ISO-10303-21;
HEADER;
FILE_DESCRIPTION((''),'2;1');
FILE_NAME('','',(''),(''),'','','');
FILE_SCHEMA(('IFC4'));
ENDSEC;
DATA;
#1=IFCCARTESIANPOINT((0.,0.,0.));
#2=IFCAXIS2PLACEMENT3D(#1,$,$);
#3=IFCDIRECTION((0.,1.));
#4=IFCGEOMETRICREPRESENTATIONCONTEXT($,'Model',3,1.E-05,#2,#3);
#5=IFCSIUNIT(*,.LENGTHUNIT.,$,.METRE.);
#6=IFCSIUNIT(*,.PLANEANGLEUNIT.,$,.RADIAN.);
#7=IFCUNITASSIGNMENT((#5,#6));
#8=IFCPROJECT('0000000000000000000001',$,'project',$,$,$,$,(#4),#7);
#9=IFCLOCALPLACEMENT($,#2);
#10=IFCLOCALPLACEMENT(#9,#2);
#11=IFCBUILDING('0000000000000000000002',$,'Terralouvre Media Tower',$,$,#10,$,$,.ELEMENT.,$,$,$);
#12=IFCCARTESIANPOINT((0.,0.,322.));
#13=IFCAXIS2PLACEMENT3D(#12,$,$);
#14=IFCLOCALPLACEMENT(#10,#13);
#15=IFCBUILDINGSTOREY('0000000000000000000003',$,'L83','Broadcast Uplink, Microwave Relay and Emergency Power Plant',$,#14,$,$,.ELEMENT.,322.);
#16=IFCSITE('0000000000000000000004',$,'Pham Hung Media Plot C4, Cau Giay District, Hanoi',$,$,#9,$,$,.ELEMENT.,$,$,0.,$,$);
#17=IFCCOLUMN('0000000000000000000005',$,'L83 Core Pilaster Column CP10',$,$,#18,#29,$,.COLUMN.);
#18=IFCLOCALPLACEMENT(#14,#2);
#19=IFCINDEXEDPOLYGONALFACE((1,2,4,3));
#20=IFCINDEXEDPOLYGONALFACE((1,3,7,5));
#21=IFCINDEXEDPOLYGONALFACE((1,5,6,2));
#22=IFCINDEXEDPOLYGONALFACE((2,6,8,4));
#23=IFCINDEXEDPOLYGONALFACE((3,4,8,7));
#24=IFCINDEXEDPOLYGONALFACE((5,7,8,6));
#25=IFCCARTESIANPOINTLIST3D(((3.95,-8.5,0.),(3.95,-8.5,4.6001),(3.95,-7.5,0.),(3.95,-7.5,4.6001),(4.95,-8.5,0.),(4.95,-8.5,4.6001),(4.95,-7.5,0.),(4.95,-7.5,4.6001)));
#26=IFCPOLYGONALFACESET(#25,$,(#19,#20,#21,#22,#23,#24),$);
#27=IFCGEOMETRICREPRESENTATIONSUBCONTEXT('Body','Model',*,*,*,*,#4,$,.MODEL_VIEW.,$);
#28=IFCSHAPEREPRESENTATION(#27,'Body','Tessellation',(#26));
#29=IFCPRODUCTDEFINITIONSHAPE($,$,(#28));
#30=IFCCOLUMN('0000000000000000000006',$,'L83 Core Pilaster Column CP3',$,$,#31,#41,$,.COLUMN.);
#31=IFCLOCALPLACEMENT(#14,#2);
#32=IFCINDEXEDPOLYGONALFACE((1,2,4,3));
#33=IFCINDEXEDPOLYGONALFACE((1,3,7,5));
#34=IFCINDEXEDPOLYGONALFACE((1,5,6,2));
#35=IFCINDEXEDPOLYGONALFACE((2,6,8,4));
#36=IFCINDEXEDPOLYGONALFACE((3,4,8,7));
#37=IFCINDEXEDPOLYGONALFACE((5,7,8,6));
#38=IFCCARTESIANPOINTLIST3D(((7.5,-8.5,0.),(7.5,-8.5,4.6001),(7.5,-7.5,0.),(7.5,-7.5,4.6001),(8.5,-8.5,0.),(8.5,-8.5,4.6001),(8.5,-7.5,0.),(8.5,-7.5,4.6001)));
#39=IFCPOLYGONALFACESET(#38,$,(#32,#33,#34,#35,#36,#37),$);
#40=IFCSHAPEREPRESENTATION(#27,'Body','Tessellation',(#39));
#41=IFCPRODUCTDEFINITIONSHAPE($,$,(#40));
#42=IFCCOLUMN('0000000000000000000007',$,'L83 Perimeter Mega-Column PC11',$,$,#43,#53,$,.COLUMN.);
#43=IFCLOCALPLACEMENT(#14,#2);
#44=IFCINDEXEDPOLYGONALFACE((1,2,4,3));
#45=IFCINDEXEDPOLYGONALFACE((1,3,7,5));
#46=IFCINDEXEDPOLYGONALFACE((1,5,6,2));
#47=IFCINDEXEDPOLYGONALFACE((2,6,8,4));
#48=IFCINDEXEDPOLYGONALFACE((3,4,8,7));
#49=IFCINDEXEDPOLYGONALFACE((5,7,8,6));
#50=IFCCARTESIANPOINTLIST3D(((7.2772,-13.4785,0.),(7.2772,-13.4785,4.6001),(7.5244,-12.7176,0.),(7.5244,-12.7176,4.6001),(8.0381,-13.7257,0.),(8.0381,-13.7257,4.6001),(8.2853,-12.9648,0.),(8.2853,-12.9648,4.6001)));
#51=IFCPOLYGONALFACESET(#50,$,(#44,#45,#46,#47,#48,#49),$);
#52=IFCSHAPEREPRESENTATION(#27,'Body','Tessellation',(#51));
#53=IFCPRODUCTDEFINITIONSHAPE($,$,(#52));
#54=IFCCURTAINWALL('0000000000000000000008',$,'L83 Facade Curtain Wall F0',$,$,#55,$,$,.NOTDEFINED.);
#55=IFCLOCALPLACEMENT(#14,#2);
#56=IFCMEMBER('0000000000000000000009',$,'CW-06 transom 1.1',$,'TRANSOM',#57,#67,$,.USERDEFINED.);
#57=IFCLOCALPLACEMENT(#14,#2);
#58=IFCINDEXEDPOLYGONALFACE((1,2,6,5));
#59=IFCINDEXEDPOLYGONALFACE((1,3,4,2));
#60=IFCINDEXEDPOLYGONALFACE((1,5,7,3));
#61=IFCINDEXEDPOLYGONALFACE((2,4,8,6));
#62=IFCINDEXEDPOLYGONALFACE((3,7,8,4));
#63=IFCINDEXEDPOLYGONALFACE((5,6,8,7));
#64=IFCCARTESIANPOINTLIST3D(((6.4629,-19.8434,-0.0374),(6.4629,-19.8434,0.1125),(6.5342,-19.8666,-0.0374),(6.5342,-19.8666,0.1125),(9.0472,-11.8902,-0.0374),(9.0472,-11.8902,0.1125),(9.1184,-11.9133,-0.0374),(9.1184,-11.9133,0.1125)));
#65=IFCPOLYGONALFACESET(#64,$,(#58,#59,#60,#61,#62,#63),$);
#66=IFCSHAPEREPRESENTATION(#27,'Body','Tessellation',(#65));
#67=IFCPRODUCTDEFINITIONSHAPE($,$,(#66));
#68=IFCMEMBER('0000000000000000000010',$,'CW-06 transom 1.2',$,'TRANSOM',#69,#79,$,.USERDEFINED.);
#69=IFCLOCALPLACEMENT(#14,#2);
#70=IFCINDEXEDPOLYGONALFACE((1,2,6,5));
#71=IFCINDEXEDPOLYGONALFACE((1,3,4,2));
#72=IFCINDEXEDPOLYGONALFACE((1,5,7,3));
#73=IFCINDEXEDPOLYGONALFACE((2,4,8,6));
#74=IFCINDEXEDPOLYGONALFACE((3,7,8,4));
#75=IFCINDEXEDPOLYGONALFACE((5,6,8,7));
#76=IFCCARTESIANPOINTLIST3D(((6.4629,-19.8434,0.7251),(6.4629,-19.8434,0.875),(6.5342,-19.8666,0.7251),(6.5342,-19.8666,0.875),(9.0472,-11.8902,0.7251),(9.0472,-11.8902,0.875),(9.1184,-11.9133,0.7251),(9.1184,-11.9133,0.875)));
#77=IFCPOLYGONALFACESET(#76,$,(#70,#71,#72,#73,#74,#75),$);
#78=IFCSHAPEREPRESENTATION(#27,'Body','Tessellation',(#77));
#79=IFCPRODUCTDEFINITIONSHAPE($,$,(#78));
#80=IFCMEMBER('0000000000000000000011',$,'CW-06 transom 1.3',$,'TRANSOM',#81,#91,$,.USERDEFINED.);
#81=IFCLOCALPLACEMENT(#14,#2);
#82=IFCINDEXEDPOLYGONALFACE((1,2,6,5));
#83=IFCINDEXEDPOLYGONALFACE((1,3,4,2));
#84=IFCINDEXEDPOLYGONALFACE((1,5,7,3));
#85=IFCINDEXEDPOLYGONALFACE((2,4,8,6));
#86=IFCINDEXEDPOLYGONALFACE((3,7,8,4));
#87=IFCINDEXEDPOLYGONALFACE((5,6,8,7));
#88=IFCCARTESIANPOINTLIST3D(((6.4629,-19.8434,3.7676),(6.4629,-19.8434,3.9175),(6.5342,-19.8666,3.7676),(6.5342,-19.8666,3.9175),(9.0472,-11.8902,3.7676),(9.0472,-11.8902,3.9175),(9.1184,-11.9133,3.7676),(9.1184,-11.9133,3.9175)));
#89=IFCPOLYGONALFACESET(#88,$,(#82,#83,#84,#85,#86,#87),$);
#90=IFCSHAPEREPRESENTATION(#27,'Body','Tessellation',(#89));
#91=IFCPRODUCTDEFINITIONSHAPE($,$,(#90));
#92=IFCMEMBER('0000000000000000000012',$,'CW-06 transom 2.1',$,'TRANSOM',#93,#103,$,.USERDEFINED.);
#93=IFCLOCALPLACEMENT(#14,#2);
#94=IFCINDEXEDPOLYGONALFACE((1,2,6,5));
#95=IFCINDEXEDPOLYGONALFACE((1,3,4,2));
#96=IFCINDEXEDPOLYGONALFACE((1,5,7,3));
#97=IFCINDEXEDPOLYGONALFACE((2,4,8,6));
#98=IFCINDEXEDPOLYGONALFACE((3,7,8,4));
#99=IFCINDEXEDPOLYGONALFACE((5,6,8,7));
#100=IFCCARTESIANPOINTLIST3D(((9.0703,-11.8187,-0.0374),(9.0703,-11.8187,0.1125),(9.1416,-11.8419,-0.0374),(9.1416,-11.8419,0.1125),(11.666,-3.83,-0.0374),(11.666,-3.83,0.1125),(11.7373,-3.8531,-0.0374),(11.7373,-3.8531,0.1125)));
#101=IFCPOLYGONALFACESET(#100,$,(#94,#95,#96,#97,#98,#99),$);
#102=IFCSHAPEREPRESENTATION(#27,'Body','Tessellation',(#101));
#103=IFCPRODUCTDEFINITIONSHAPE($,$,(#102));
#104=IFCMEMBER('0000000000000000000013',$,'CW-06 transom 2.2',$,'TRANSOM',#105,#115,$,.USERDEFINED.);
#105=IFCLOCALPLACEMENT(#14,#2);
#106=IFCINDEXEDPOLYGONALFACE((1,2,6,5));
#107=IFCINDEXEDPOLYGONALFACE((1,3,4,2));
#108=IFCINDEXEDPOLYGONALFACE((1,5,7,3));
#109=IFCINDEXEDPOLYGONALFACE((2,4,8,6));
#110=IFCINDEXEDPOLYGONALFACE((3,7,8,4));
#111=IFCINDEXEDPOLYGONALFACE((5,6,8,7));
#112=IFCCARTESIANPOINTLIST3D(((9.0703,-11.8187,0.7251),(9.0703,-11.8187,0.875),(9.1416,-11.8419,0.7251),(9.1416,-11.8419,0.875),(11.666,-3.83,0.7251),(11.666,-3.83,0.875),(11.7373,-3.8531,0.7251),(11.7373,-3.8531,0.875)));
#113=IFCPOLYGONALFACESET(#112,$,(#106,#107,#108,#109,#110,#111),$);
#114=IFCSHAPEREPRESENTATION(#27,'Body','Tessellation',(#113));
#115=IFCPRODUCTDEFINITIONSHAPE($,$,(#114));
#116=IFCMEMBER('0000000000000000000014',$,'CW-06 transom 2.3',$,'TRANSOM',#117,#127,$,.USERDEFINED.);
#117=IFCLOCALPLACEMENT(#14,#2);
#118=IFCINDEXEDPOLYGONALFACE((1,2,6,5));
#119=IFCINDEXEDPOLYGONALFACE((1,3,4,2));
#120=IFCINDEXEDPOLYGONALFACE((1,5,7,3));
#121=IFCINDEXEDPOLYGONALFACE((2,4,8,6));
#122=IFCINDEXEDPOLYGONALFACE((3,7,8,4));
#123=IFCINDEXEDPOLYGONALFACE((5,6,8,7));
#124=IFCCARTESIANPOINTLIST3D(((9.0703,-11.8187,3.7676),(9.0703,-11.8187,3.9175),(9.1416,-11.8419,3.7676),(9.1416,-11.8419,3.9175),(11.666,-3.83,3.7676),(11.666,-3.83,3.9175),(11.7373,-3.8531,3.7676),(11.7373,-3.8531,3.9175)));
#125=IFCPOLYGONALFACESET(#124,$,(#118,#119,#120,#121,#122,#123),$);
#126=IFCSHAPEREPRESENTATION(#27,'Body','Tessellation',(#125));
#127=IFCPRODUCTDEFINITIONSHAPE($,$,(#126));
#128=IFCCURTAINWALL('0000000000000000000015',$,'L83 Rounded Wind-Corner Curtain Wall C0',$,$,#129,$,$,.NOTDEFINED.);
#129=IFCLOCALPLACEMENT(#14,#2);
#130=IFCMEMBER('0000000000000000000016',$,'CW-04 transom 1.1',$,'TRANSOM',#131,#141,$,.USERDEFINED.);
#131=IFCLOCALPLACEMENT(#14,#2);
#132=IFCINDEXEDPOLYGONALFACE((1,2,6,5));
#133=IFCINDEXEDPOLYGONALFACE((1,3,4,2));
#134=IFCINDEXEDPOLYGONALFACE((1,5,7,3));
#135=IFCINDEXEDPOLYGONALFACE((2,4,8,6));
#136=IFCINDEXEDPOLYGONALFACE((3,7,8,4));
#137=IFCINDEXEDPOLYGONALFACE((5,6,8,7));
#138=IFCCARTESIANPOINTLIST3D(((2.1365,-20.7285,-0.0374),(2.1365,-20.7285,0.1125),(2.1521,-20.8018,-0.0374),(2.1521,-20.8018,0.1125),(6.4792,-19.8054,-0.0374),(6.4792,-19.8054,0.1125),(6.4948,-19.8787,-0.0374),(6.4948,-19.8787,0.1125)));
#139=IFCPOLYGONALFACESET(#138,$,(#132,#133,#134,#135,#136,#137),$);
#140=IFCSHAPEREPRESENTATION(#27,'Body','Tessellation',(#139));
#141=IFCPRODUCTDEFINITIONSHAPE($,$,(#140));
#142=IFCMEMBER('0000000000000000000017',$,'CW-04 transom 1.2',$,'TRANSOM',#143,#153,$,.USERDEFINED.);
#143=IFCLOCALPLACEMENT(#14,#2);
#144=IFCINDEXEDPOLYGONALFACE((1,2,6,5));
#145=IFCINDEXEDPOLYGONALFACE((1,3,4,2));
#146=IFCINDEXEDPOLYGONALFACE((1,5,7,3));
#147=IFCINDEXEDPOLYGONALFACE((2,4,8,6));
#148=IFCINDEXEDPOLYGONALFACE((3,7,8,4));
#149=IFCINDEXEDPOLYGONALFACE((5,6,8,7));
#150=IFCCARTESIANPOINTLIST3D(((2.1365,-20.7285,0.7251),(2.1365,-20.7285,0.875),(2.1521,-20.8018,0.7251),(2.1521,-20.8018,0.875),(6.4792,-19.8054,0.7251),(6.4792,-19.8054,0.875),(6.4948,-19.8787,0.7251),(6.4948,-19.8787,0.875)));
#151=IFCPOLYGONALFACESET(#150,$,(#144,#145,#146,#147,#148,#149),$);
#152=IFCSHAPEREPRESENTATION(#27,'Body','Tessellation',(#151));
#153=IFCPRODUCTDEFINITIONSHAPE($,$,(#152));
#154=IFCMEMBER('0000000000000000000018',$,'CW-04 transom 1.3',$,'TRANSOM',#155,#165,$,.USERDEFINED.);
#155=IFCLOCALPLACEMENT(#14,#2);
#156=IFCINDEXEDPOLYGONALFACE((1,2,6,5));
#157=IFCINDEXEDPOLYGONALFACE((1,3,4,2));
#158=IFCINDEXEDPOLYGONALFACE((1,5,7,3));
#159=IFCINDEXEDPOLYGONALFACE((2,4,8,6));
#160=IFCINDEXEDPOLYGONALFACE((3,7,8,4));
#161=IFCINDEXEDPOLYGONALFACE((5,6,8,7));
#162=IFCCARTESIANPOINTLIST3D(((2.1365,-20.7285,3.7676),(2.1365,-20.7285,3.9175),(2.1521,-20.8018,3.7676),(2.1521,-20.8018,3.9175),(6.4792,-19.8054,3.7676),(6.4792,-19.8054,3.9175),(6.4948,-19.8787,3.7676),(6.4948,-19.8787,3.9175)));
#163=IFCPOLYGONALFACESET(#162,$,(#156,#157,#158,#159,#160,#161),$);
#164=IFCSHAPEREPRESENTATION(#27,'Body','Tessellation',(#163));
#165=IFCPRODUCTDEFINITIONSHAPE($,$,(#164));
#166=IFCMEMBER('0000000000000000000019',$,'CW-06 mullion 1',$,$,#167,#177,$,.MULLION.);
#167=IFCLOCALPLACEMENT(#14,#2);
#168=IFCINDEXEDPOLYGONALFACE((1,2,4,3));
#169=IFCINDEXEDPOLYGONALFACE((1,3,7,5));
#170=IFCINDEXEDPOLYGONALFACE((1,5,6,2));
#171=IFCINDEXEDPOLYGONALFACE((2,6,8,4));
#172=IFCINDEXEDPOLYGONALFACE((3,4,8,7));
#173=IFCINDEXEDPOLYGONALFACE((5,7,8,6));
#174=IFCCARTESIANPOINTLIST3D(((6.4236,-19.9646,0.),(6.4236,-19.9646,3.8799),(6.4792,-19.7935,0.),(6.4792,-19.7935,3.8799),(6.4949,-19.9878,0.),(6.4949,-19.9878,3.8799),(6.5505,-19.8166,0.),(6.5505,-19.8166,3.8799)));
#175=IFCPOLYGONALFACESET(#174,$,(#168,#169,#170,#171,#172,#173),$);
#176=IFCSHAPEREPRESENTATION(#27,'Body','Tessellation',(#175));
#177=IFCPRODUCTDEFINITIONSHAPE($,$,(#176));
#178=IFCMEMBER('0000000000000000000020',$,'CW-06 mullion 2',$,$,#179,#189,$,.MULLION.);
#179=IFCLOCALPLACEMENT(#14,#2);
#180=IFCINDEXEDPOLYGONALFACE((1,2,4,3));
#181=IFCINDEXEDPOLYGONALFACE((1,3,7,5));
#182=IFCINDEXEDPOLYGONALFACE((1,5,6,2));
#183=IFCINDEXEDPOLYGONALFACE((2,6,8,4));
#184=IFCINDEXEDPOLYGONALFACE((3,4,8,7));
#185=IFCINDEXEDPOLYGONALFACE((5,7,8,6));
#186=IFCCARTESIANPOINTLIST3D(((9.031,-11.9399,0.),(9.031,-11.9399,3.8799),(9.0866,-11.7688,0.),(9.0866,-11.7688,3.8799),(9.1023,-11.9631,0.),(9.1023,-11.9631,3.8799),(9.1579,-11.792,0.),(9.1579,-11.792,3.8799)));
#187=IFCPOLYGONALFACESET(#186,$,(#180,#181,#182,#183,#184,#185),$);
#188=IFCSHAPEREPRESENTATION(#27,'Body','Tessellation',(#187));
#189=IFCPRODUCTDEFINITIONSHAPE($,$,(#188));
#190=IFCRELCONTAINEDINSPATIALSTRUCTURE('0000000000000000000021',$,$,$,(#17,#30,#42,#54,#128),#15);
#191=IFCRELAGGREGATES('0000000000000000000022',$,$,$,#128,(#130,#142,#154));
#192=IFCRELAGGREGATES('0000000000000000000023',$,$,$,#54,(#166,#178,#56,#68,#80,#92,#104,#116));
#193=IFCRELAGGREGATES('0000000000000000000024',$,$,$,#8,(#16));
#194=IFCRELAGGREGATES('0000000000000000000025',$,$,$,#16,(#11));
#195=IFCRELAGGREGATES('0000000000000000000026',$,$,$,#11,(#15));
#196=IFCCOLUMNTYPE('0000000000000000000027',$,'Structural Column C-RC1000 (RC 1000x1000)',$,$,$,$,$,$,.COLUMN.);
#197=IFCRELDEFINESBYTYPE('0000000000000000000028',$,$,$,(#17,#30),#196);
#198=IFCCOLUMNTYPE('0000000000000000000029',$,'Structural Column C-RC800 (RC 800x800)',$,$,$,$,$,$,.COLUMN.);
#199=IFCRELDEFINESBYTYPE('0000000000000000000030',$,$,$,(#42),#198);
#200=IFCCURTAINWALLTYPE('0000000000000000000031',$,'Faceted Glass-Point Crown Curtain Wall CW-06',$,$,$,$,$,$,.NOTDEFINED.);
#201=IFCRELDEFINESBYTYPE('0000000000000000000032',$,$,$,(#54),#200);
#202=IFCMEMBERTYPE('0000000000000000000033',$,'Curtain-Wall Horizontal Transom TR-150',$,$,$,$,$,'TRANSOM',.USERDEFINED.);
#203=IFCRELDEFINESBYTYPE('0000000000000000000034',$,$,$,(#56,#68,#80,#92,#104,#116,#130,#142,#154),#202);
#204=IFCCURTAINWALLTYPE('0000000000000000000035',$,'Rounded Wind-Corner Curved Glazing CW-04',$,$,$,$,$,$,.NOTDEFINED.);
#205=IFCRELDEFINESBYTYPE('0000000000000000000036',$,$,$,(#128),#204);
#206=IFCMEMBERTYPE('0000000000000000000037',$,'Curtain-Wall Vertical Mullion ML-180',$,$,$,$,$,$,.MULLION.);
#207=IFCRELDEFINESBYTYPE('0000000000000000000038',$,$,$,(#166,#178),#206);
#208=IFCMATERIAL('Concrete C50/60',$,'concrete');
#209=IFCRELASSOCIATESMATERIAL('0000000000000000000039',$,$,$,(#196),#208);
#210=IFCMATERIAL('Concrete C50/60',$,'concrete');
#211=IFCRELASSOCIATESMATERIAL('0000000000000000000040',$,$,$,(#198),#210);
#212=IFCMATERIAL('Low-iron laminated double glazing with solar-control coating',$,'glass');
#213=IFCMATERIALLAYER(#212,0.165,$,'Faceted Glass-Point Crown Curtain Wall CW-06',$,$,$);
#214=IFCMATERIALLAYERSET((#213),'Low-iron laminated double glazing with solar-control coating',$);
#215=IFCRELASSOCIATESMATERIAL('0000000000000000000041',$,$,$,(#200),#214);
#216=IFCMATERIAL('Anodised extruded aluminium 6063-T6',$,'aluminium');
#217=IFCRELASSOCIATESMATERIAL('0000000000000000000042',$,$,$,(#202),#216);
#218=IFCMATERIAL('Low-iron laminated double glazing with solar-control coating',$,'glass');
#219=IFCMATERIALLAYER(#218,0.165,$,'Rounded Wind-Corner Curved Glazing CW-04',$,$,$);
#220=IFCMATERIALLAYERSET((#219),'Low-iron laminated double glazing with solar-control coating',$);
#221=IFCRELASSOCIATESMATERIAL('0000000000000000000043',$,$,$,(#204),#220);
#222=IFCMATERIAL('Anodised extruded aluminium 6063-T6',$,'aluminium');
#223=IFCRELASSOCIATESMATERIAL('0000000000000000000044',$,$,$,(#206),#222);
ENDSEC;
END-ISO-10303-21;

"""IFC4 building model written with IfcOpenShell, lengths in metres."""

from ifc_helpers import new_model, si_unit, direction, frame, origin, origin_2d, place, context, subcontext, project, spatial, rectangle, extrude, material, layer, layer_set, material_profile, profile_set, type_object, element, aggregate, save


model = new_model("IFC4")

# Units and contexts
model_context = context("Model", 3, precision=1e-05, world=origin(), true_north=direction((0.0, 1.0)))
body_context = subcontext(model_context, "Body", "Model", "MODEL_VIEW")
ifc_project = project(units=[si_unit("LENGTHUNIT", "METRE"), si_unit("PLANEANGLEUNIT", "RADIAN")], contexts=[model_context])

# Site, building, storey
site_placement = place(None, origin())
site = spatial("IfcSite", under=ifc_project, at=site_placement, Name="Pham Hung Media Plot C4, Cau Giay District, Hanoi", CompositionType="ELEMENT", RefElevation=0.0)
building_placement = place(site_placement, origin())
building = spatial("IfcBuilding", under=site, at=building_placement, Name="Terralouvre Media Tower", CompositionType="ELEMENT")
storey_placement = place(building_placement, frame((0.0, 0.0, 322.0)))
storey = spatial("IfcBuildingStorey", under=building, at=storey_placement, Name="L83", Description="Broadcast Uplink, Microwave Relay and Emergency Power Plant", CompositionType="ELEMENT", Elevation=322.0)

# Columns
ifc_material_1 = material(Name="Concrete C50/60", Category="concrete")
ifc_material_profile_1 = material_profile(ifc_material_1, rectangle(XDim=1.0, YDim=1.0, at=origin_2d()), Name="RC 1000x1000")
ifc_profile_set_1 = profile_set([ifc_material_profile_1], Name="Concrete C50/60")
column_type_1 = type_object("IfcColumnType", Name="Structural Column C-RC1000 (RC 1000x1000)", PredefinedType="COLUMN", material=ifc_profile_set_1)
for number, where, z_axis, x_axis, name in (
    (1, (4.45, -8.0, 0.0), (0.0, 0.0, 1.0), (1.0, 0.0, 0.0), "L83 Core Pilaster Column CP10"),
    (2, (8.0, -8.0, 0.0), (0.0, 0.0, 1.0), (1.0, 0.0, 0.0), "L83 Core Pilaster Column CP3"),
):
    element("IfcColumn", number, at=place(storey_placement, frame(where, z_axis=z_axis, x_axis=x_axis)), inside=storey, type_object=column_type_1, Name=name, PredefinedType="COLUMN", context=body_context, shape_type="SweptSolid", body=[
        extrude(rectangle(XDim=1.0, YDim=1.0, at=origin_2d()), origin(), (0.0, 0.0, 1.0), 4.6001),
    ])
ifc_material_2 = material(Name="Concrete C50/60", Category="concrete")
ifc_material_profile_2 = material_profile(ifc_material_2, rectangle(XDim=0.8, YDim=0.8, at=origin_2d()), Name="RC 800x800")
ifc_profile_set_2 = profile_set([ifc_material_profile_2], Name="Concrete C50/60")
column_type_2 = type_object("IfcColumnType", Name="Structural Column C-RC800 (RC 800x800)", PredefinedType="COLUMN", material=ifc_profile_set_2)
column_placement = place(storey_placement, frame((7.7812, -13.2217, 0.0), z_axis=(0.0, 0.0, 1.0), x_axis=(0.309017, 0.951057, 0.0)))
element("IfcColumn", 3, at=column_placement, inside=storey, type_object=column_type_2, Name="L83 Perimeter Mega-Column PC11", PredefinedType="COLUMN", context=body_context, shape_type="SweptSolid", body=[
    extrude(rectangle(XDim=0.8, YDim=0.8, at=origin_2d()), origin(), (0.0, 0.0, 1.0), 4.6001),
])

# Curtain walls, members
ifc_material_3 = material(Name="Low-iron laminated double glazing with solar-control coating", Category="glass")
ifc_layer_1 = layer(ifc_material_3, 0.165, Name="Faceted Glass-Point Crown Curtain Wall CW-06")
ifc_layer_set_1 = layer_set([ifc_layer_1], Name="Low-iron laminated double glazing with solar-control coating")
curtain_wall_type_1 = type_object("IfcCurtainWallType", Name="Faceted Glass-Point Crown Curtain Wall CW-06", PredefinedType="NOTDEFINED", material=ifc_layer_set_1)
curtain_wall_1_placement = place(storey_placement, origin())
curtain_wall_1 = element("IfcCurtainWall", 4, at=curtain_wall_1_placement, inside=storey, type_object=curtain_wall_type_1, Name="L83 Facade Curtain Wall F0", PredefinedType="NOTDEFINED")
ifc_material_4 = material(Name="Anodised extruded aluminium 6063-T6", Category="aluminium")
ifc_material_profile_3 = material_profile(ifc_material_4, rectangle(XDim=0.075, YDim=0.1499, at=origin_2d()), Name="ALU 75x150")
ifc_profile_set_3 = profile_set([ifc_material_profile_3], Name="Anodised extruded aluminium 6063-T6")
member_type_1 = type_object("IfcMemberType", Name="Curtain-Wall Horizontal Transom TR-150", ElementType="TRANSOM", PredefinedType="USERDEFINED", material=ifc_profile_set_3)
member_1_placement = place(storey_placement, frame((6.4985, -19.855, 0.0376), z_axis=(0.309028, 0.951053, 0.0), x_axis=(-0.951053, 0.309028, 0.0)))
member_1 = element("IfcMember", 5, at=member_1_placement, type_object=member_type_1, Name="CW-06 transom 1.1", ObjectType="TRANSOM", PredefinedType="USERDEFINED", context=body_context, shape_type="SweptSolid", body=[
    extrude(rectangle(XDim=0.075, YDim=0.1499, at=origin_2d()), origin(), (0.0, 0.0, 1.0), 8.3625),
])
member_2_placement = place(storey_placement, frame((6.4985, -19.855, 0.8), z_axis=(0.309028, 0.951053, 0.0), x_axis=(-0.951053, 0.309028, 0.0)))
member_2 = element("IfcMember", 6, at=member_2_placement, type_object=member_type_1, Name="CW-06 transom 1.2", ObjectType="TRANSOM", PredefinedType="USERDEFINED", context=body_context, shape_type="SweptSolid", body=[
    extrude(rectangle(XDim=0.075, YDim=0.1499, at=origin_2d()), origin(), (0.0, 0.0, 1.0), 8.3625),
])
member_3_placement = place(storey_placement, frame((6.4985, -19.855, 3.8425), z_axis=(0.309028, 0.951053, 0.0), x_axis=(-0.951053, 0.309028, 0.0)))
member_3 = element("IfcMember", 7, at=member_3_placement, type_object=member_type_1, Name="CW-06 transom 1.3", ObjectType="TRANSOM", PredefinedType="USERDEFINED", context=body_context, shape_type="SweptSolid", body=[
    extrude(rectangle(XDim=0.075, YDim=0.1499, at=origin_2d()), origin(), (0.0, 0.0, 1.0), 8.3625),
])
member_4_placement = place(storey_placement, frame((9.106, -11.8303, 0.0376), z_axis=(0.309016, 0.951057, 0.0), x_axis=(-0.951057, 0.309016, 0.0)))
member_4 = element("IfcMember", 8, at=member_4_placement, type_object=member_type_1, Name="CW-06 transom 2.1", ObjectType="TRANSOM", PredefinedType="USERDEFINED", context=body_context, shape_type="SweptSolid", body=[
    extrude(rectangle(XDim=0.075, YDim=0.1499, at=origin_2d()), origin(), (0.0, 0.0, 1.0), 8.3999),
])
member_5_placement = place(storey_placement, frame((9.106, -11.8303, 0.8), z_axis=(0.309016, 0.951057, 0.0), x_axis=(-0.951057, 0.309016, 0.0)))
member_5 = element("IfcMember", 9, at=member_5_placement, type_object=member_type_1, Name="CW-06 transom 2.2", ObjectType="TRANSOM", PredefinedType="USERDEFINED", context=body_context, shape_type="SweptSolid", body=[
    extrude(rectangle(XDim=0.075, YDim=0.1499, at=origin_2d()), origin(), (0.0, 0.0, 1.0), 8.3999),
])
member_6_placement = place(storey_placement, frame((9.106, -11.8303, 3.8425), z_axis=(0.309016, 0.951057, 0.0), x_axis=(-0.951057, 0.309016, 0.0)))
member_6 = element("IfcMember", 10, at=member_6_placement, type_object=member_type_1, Name="CW-06 transom 2.3", ObjectType="TRANSOM", PredefinedType="USERDEFINED", context=body_context, shape_type="SweptSolid", body=[
    extrude(rectangle(XDim=0.075, YDim=0.1499, at=origin_2d()), origin(), (0.0, 0.0, 1.0), 8.3999),
])
ifc_material_5 = material(Name="Low-iron laminated double glazing with solar-control coating", Category="glass")
ifc_layer_2 = layer(ifc_material_5, 0.165, Name="Rounded Wind-Corner Curved Glazing CW-04")
ifc_layer_set_2 = layer_set([ifc_layer_2], Name="Low-iron laminated double glazing with solar-control coating")
curtain_wall_type_2 = type_object("IfcCurtainWallType", Name="Rounded Wind-Corner Curved Glazing CW-04", PredefinedType="NOTDEFINED", material=ifc_layer_set_2)
curtain_wall_2_placement = place(storey_placement, origin())
curtain_wall_2 = element("IfcCurtainWall", 11, at=curtain_wall_2_placement, inside=storey, type_object=curtain_wall_type_2, Name="L83 Rounded Wind-Corner Curtain Wall C0", PredefinedType="NOTDEFINED")
member_7_placement = place(storey_placement, frame((2.1443, -20.7651, 0.0376), z_axis=(0.978147, 0.207914, 0.0), x_axis=(-0.207914, 0.978147, 0.0)))
member_7 = element("IfcMember", 12, at=member_7_placement, type_object=member_type_1, Name="CW-04 transom 1.1", ObjectType="TRANSOM", PredefinedType="USERDEFINED", context=body_context, shape_type="SweptSolid", body=[
    extrude(rectangle(XDim=0.075, YDim=0.1499, at=origin_2d()), origin(), (0.0, 0.0, 1.0), 4.4397),
])
member_8_placement = place(storey_placement, frame((2.1443, -20.7651, 0.8), z_axis=(0.978147, 0.207914, 0.0), x_axis=(-0.207914, 0.978147, 0.0)))
member_8 = element("IfcMember", 13, at=member_8_placement, type_object=member_type_1, Name="CW-04 transom 1.2", ObjectType="TRANSOM", PredefinedType="USERDEFINED", context=body_context, shape_type="SweptSolid", body=[
    extrude(rectangle(XDim=0.075, YDim=0.1499, at=origin_2d()), origin(), (0.0, 0.0, 1.0), 4.4397),
])
member_9_placement = place(storey_placement, frame((2.1443, -20.7651, 3.8425), z_axis=(0.978147, 0.207914, 0.0), x_axis=(-0.207914, 0.978147, 0.0)))
member_9 = element("IfcMember", 14, at=member_9_placement, type_object=member_type_1, Name="CW-04 transom 1.3", ObjectType="TRANSOM", PredefinedType="USERDEFINED", context=body_context, shape_type="SweptSolid", body=[
    extrude(rectangle(XDim=0.075, YDim=0.1499, at=origin_2d()), origin(), (0.0, 0.0, 1.0), 4.4397),
])

# Members
ifc_material_6 = material(Name="Anodised extruded aluminium 6063-T6", Category="aluminium")
ifc_material_profile_4 = material_profile(ifc_material_6, rectangle(XDim=0.075, YDim=0.1799, at=origin_2d()), Name="ALU 75x180")
ifc_profile_set_4 = profile_set([ifc_material_profile_4], Name="Anodised extruded aluminium 6063-T6")
member_type_2 = type_object("IfcMemberType", Name="Curtain-Wall Vertical Mullion ML-180", PredefinedType="MULLION", material=ifc_profile_set_4)
member_10_placement = place(storey_placement, frame((6.4871, -19.8906, 0.0), z_axis=(0.0, 0.0, 1.0), x_axis=(-0.951057, 0.309017, 0.0)))
member_10 = element("IfcMember", 15, at=member_10_placement, type_object=member_type_2, Name="CW-06 mullion 1", PredefinedType="MULLION", context=body_context, shape_type="SweptSolid", body=[
    extrude(rectangle(XDim=0.075, YDim=0.1799, at=origin_2d()), origin(), (0.0, 0.0, 1.0), 3.8799),
])
member_11_placement = place(storey_placement, frame((9.0945, -11.866, 0.0), z_axis=(0.0, 0.0, 1.0), x_axis=(-0.951057, 0.309017, 0.0)))
member_11 = element("IfcMember", 16, at=member_11_placement, type_object=member_type_2, Name="CW-06 mullion 2", PredefinedType="MULLION", context=body_context, shape_type="SweptSolid", body=[
    extrude(rectangle(XDim=0.075, YDim=0.1799, at=origin_2d()), origin(), (0.0, 0.0, 1.0), 3.8799),
])

aggregate(curtain_wall_2, [member_7, member_8, member_9])
aggregate(curtain_wall_1, [member_10, member_11, member_1, member_2, member_3, member_4, member_5, member_6])

save(model, "model.ifc")
